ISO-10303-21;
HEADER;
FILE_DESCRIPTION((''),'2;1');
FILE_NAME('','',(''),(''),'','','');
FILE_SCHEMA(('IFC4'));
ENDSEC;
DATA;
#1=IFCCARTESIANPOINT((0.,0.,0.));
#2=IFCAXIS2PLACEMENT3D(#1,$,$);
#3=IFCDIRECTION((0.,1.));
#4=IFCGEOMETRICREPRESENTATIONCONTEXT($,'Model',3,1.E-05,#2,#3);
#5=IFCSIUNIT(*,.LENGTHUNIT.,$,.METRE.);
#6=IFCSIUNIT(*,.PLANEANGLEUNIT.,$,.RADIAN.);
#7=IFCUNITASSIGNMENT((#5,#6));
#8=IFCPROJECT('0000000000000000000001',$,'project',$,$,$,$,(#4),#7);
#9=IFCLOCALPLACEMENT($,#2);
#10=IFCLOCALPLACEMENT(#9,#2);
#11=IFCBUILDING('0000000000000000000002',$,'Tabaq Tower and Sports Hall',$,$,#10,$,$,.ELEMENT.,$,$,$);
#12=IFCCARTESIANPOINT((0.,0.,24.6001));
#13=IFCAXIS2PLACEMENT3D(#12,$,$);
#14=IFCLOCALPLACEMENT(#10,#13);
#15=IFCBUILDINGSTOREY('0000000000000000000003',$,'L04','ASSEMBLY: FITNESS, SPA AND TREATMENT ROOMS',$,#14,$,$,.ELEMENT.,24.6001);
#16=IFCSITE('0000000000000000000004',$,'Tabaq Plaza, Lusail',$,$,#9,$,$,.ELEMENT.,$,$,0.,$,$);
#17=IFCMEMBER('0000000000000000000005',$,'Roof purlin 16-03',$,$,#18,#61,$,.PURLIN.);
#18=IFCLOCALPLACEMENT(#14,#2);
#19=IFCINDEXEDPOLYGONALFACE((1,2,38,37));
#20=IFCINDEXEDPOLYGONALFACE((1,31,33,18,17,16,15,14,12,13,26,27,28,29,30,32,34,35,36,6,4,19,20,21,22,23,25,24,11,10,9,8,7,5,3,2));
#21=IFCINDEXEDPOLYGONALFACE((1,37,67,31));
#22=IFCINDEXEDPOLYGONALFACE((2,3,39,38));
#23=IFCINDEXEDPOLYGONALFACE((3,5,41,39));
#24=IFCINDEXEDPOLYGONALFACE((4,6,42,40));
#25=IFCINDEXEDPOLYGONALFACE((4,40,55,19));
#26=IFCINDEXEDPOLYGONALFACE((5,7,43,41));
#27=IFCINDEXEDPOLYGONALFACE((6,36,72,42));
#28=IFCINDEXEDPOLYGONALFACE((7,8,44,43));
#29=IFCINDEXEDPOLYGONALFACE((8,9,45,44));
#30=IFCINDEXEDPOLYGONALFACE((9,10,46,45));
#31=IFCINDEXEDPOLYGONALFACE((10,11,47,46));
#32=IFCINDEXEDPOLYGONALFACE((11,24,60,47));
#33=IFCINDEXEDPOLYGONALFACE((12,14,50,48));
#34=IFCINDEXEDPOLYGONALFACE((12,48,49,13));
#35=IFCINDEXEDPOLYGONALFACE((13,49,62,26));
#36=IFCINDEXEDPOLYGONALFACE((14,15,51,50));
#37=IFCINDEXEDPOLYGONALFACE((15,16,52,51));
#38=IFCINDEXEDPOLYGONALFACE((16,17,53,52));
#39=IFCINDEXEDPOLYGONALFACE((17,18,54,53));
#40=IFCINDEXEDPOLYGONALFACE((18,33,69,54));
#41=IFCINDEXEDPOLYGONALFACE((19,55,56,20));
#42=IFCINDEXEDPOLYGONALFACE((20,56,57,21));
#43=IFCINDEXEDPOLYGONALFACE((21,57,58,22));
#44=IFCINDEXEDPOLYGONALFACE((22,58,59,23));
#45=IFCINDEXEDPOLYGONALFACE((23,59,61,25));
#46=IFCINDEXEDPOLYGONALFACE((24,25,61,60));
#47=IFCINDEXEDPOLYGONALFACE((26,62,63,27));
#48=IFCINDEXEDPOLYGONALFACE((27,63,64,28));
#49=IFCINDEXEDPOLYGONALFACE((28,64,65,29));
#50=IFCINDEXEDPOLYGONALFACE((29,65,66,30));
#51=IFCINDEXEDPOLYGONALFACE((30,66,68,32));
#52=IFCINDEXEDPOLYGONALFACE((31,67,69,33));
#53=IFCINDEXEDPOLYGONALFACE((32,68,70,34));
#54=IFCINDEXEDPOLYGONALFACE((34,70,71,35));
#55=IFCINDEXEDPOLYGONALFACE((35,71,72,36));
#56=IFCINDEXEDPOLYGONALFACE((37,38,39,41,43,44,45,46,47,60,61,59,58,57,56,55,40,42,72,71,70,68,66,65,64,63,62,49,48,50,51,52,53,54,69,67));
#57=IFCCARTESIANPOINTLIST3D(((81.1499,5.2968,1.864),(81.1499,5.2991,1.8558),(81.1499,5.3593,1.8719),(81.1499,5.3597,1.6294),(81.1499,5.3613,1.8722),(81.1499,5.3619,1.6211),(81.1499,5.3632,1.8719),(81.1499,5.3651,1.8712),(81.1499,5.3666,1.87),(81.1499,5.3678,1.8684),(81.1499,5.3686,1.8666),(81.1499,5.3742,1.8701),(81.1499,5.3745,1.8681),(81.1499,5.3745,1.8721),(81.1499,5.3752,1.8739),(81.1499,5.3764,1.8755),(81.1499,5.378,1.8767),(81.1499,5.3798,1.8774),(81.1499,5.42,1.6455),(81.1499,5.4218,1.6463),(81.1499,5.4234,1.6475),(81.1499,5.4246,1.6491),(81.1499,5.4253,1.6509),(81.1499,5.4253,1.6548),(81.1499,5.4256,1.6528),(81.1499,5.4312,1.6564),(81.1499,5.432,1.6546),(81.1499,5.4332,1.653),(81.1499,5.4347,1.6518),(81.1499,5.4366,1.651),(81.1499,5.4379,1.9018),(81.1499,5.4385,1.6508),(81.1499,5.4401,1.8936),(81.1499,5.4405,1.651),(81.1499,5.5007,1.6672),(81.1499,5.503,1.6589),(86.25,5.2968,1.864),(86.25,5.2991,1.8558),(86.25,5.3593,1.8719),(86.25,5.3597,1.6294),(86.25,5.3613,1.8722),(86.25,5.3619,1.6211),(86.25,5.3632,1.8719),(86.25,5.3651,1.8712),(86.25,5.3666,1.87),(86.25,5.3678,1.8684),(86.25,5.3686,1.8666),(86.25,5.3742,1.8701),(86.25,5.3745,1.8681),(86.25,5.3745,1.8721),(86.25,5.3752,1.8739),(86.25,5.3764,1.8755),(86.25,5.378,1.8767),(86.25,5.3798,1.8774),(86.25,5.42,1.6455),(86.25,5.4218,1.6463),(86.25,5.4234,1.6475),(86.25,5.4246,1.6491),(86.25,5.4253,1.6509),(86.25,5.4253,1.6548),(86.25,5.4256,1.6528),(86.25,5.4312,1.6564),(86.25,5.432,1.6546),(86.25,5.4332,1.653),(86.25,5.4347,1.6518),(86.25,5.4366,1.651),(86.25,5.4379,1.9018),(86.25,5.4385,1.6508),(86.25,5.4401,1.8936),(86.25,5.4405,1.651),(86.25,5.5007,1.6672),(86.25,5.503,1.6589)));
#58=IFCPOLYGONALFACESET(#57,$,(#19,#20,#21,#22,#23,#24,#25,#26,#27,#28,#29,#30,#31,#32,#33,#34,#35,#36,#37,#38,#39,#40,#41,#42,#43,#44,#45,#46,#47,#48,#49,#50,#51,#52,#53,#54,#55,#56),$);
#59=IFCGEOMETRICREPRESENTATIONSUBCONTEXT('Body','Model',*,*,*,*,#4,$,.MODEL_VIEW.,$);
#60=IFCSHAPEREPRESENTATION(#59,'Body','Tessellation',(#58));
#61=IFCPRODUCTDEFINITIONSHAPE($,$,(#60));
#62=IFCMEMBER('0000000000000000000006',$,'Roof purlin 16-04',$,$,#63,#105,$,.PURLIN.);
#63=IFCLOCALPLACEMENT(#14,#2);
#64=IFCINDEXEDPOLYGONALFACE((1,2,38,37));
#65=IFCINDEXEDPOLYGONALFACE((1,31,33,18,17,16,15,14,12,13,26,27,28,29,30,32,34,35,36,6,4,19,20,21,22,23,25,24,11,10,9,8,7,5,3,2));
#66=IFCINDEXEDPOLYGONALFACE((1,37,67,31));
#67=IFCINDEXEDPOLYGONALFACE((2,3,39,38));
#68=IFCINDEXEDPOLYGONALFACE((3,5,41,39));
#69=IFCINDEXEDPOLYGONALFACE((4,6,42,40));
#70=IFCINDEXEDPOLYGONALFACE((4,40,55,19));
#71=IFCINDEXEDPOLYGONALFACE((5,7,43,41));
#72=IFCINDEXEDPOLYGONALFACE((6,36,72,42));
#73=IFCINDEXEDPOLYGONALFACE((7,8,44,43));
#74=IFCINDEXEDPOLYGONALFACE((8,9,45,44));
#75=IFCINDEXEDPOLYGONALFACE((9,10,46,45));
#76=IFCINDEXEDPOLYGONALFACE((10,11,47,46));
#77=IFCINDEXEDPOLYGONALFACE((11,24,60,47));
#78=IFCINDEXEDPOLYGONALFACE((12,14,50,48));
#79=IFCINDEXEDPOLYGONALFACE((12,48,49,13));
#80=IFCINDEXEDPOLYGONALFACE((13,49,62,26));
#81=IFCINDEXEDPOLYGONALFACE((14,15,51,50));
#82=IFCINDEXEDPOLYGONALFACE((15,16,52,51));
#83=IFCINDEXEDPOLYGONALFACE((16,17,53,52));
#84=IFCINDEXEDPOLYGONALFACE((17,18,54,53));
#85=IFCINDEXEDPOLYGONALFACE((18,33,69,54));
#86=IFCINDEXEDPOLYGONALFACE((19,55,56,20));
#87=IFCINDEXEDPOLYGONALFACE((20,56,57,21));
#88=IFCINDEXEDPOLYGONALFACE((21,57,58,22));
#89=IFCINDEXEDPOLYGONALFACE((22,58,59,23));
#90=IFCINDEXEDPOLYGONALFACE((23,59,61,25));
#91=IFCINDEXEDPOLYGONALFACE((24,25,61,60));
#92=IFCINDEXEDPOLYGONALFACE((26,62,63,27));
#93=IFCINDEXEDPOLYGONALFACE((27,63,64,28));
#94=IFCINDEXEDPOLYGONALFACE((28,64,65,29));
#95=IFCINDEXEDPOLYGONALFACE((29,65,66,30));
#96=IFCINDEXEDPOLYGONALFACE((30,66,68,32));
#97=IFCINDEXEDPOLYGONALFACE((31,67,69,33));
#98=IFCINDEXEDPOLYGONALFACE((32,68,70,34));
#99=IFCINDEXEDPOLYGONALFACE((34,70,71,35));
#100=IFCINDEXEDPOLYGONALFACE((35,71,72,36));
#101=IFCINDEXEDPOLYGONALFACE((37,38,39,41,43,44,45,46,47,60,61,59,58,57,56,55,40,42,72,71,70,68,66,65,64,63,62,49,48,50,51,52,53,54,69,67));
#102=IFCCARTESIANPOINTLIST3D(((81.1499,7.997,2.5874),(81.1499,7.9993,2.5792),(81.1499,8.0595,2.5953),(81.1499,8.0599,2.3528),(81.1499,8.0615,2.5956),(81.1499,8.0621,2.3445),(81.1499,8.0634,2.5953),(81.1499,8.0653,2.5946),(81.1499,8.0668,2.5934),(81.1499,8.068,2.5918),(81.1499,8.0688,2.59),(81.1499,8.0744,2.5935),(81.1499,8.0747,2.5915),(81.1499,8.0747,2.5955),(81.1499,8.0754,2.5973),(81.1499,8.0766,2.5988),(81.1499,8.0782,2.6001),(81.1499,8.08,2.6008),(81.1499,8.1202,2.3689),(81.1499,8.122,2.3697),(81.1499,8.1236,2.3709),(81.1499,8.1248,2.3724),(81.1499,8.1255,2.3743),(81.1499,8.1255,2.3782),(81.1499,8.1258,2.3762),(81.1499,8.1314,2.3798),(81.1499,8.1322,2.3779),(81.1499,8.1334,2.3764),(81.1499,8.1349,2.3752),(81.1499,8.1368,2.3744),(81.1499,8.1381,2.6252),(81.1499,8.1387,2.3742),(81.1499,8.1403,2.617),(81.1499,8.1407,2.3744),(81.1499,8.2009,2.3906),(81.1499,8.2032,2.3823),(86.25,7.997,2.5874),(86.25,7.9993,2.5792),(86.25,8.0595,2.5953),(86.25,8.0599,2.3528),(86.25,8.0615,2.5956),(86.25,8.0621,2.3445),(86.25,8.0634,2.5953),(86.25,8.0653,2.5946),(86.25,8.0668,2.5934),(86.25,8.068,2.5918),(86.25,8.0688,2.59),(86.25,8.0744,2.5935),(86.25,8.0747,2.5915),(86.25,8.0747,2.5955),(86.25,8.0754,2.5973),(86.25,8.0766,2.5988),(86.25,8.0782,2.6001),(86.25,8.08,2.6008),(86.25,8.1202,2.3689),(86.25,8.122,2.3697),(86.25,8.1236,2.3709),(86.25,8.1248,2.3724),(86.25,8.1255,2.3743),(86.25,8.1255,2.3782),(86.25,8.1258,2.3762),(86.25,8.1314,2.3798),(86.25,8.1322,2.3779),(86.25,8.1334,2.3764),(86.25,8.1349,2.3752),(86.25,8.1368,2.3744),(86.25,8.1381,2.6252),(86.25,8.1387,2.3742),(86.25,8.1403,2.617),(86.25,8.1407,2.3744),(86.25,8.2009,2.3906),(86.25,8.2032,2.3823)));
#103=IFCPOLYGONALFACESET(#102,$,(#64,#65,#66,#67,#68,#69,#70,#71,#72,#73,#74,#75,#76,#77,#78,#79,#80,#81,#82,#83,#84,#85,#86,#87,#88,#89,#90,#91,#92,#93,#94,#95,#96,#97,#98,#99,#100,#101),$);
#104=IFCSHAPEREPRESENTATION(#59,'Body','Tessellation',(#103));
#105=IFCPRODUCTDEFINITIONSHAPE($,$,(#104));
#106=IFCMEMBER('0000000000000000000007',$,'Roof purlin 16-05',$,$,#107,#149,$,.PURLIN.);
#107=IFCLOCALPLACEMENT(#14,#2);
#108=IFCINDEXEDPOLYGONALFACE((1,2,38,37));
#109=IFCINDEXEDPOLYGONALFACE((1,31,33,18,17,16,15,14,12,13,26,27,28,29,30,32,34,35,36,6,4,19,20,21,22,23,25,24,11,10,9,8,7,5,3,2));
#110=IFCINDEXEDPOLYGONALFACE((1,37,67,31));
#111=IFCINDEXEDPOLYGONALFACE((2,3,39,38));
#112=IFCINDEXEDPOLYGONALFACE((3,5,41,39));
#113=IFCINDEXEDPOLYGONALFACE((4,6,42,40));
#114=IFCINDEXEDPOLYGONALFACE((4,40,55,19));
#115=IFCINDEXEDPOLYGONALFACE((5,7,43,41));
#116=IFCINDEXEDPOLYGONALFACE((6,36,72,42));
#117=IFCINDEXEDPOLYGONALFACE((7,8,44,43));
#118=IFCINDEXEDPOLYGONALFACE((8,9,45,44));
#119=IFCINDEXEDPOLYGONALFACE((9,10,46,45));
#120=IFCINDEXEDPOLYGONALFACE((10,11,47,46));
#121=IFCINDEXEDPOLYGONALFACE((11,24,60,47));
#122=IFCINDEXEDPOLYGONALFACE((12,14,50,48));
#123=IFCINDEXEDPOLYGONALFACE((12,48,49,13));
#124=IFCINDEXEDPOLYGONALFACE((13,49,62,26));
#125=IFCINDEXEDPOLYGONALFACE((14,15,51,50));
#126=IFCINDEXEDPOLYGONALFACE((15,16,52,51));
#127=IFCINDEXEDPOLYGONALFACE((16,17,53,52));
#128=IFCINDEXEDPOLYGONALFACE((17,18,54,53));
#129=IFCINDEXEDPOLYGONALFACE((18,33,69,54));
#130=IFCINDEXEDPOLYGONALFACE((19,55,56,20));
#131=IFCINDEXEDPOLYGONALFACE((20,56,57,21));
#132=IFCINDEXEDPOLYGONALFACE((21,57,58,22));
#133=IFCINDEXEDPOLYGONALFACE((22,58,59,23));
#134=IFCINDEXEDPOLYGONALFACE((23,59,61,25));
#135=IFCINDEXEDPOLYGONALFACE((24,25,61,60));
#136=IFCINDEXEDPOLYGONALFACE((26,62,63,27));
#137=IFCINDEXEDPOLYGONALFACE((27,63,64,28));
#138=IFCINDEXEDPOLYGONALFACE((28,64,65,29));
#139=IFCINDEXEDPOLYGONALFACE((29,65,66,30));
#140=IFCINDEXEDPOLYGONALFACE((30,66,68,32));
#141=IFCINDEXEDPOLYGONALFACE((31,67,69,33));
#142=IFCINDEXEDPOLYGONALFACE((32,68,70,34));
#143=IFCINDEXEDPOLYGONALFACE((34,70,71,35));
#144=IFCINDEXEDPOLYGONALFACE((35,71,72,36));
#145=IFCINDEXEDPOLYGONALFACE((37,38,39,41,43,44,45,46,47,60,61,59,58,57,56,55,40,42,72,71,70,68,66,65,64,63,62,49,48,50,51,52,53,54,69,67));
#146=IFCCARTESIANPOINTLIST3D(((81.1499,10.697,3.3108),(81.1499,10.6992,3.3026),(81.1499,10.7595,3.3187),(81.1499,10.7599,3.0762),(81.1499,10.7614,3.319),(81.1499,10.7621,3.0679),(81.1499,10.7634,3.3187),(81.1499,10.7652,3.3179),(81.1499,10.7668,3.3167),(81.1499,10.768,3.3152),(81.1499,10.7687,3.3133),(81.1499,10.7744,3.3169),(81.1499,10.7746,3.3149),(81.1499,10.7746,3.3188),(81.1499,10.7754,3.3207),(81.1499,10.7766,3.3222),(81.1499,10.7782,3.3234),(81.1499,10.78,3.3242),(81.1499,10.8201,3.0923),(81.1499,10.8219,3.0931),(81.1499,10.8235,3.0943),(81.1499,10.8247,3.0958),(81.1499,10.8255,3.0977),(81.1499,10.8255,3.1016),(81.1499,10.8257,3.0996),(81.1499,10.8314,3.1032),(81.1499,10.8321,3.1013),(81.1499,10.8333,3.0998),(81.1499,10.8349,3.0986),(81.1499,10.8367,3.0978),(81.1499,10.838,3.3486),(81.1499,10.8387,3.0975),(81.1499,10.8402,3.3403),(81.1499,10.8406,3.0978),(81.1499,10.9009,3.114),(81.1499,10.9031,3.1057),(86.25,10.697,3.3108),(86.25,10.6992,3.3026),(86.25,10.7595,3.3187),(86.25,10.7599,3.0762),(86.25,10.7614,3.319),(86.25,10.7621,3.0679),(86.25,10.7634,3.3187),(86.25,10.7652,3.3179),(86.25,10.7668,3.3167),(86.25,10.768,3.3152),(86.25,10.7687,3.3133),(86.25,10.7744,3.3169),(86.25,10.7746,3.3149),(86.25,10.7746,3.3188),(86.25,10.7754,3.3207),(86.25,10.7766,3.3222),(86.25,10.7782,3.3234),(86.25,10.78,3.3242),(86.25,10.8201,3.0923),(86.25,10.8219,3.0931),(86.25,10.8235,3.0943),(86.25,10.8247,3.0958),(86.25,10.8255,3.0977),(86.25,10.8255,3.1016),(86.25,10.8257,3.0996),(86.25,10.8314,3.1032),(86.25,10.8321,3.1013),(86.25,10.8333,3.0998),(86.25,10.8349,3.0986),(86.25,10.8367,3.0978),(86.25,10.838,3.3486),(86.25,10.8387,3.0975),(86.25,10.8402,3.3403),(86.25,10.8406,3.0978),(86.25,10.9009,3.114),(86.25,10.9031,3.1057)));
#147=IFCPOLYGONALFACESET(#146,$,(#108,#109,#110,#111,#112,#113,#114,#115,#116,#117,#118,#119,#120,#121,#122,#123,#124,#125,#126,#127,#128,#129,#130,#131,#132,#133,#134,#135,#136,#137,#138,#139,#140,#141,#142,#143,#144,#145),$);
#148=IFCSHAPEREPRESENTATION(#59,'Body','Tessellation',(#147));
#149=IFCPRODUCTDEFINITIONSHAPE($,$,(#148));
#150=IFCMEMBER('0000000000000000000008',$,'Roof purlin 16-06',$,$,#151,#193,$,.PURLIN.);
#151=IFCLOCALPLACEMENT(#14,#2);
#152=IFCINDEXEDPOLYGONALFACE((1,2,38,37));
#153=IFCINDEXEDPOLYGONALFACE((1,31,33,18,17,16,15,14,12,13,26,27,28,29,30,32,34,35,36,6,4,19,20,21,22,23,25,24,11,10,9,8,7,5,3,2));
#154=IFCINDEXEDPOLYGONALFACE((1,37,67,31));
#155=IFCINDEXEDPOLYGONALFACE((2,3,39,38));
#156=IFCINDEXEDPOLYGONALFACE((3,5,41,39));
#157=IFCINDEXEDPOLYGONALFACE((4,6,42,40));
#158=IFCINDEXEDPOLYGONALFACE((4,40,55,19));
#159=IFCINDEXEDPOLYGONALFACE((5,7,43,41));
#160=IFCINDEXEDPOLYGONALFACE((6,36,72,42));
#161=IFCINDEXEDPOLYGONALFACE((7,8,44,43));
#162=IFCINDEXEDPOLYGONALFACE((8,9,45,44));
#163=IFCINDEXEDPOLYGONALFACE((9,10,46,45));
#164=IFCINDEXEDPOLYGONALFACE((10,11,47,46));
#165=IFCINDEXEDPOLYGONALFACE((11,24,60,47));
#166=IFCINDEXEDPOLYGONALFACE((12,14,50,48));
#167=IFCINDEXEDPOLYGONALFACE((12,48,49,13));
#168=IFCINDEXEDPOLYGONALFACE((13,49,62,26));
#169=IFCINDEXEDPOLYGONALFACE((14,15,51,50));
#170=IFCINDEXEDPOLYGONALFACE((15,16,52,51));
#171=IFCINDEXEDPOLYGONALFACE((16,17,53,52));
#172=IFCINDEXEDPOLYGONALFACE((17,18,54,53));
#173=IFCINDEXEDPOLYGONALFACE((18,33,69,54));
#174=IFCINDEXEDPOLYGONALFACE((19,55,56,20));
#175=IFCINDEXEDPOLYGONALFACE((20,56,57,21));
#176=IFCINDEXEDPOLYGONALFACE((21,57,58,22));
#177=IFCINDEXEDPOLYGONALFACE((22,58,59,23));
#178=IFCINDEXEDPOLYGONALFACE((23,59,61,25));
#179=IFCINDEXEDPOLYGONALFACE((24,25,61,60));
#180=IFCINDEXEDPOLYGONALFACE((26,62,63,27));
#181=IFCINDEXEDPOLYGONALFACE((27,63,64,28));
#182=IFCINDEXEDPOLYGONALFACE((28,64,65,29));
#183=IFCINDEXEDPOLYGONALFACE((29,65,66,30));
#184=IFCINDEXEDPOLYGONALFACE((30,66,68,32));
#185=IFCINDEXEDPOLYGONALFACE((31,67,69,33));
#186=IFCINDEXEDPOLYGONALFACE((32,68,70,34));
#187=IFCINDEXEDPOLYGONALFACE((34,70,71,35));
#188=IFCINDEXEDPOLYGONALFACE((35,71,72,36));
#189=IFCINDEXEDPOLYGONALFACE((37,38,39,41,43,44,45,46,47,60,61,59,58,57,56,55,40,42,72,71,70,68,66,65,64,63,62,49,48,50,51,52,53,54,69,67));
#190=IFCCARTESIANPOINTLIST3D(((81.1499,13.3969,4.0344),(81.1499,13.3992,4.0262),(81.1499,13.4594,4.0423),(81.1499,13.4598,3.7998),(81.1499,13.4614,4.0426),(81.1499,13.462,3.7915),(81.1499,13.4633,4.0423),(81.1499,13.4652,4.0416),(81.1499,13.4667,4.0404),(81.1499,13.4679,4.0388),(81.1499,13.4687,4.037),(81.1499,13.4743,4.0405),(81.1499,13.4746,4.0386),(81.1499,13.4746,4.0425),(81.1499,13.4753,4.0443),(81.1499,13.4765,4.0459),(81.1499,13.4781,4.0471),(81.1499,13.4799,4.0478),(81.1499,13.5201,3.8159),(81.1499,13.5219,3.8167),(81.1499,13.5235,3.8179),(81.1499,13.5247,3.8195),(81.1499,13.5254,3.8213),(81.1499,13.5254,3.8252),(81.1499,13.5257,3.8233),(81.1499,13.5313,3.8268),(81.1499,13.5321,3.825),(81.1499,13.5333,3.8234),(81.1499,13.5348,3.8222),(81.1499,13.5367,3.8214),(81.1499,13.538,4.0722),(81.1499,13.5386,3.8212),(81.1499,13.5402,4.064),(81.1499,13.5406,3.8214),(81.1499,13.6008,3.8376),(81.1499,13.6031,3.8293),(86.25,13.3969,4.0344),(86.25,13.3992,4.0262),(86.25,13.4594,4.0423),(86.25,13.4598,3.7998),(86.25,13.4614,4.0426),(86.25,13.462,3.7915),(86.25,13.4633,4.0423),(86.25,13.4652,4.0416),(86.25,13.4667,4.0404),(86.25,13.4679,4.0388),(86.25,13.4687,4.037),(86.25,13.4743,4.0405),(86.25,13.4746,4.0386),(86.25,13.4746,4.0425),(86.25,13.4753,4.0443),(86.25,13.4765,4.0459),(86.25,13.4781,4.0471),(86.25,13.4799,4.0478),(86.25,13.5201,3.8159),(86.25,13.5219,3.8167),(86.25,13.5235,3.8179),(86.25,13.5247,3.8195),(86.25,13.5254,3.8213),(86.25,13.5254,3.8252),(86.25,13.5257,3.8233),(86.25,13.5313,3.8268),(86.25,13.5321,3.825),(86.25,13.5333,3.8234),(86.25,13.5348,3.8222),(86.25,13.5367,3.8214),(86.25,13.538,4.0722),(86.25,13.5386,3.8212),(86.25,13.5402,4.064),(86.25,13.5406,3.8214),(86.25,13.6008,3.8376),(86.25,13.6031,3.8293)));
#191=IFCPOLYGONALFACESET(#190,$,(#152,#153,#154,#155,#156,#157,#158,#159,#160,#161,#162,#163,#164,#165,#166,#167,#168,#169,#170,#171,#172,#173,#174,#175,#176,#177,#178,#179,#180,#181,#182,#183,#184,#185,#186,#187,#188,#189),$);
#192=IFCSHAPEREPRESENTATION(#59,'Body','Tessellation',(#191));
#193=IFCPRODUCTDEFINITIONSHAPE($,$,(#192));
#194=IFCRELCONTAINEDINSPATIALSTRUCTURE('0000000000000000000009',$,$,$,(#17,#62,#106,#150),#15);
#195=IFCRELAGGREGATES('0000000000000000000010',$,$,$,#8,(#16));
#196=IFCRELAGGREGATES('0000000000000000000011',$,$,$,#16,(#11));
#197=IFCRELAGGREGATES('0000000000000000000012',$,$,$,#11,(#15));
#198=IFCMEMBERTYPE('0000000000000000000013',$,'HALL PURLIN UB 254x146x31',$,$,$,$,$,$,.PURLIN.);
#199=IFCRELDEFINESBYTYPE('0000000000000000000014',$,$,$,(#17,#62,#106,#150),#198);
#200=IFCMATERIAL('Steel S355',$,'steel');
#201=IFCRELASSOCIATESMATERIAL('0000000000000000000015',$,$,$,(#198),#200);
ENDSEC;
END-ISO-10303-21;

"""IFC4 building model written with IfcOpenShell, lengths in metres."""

from ifc_helpers import new_model, si_unit, direction, frame, origin, origin_2d, place, context, subcontext, project, spatial, i_section, extrude, material, material_profile, profile_set, type_object, element, save


model = new_model("IFC4")

# Units and contexts
model_context = context("Model", 3, precision=1e-05, world=origin(), true_north=direction((0.0, 1.0)))
body_context = subcontext(model_context, "Body", "Model", "MODEL_VIEW")
ifc_project = project(units=[si_unit("LENGTHUNIT", "METRE"), si_unit("PLANEANGLEUNIT", "RADIAN")], contexts=[model_context])

# Site, building, storey
site_placement = place(None, origin())
site = spatial("IfcSite", under=ifc_project, at=site_placement, Name="Tabaq Plaza, Lusail", CompositionType="ELEMENT", RefElevation=0.0)
building_placement = place(site_placement, origin())
building = spatial("IfcBuilding", under=site, at=building_placement, Name="Tabaq Tower and Sports Hall", CompositionType="ELEMENT")
storey_placement = place(building_placement, frame((0.0, 0.0, 24.6001)))
storey = spatial("IfcBuildingStorey", under=building, at=storey_placement, Name="L04", Description="ASSEMBLY: FITNESS, SPA AND TREATMENT ROOMS", CompositionType="ELEMENT", Elevation=24.6001)

# Members
ifc_material_1 = material(Name="Steel S355", Category="steel")
ifc_material_profile_1 = material_profile(ifc_material_1, i_section(OverallWidth=0.146, OverallDepth=0.2515, WebThickness=0.0061, FlangeThickness=0.0085, FilletRadius=0.0076, at=origin_2d()), Name="UB 254x146x31")
ifc_profile_set_1 = profile_set([ifc_material_profile_1], Name="Steel S355")
member_type_1 = type_object("IfcMemberType", Name="HALL PURLIN UB 254x146x31", PredefinedType="PURLIN", material=ifc_profile_set_1)
for number, where, z_axis, x_axis, name in (
    (1, (81.1499, 5.3999, 1.7615), (1.0, 0.0, 0.0), (0.0, 0.965926, 0.258819), "Roof purlin 16-03"),
    (2, (81.1499, 8.1001, 2.4849), (1.0, 0.0, 0.0), (0.0, 0.965926, 0.258819), "Roof purlin 16-04"),
    (3, (81.1499, 10.8, 3.2083), (1.0, 0.0, 0.0), (0.0, 0.965926, 0.258819), "Roof purlin 16-05"),
    (4, (81.1499, 13.5, 3.9319), (1.0, 0.0, 0.0), (0.0, 0.965926, 0.258819), "Roof purlin 16-06"),
):
    element("IfcMember", number, at=place(storey_placement, frame(where, z_axis=z_axis, x_axis=x_axis)), inside=storey, type_object=member_type_1, Name=name, PredefinedType="PURLIN", context=body_context, shape_type="SweptSolid", body=[
        extrude(i_section(OverallWidth=0.146, OverallDepth=0.2515, WebThickness=0.0061, FlangeThickness=0.0085, FilletRadius=0.0076, at=origin_2d()), origin(), (0.0, 0.0, 1.0), 5.1001),
    ])

save(model, "model.ifc")
